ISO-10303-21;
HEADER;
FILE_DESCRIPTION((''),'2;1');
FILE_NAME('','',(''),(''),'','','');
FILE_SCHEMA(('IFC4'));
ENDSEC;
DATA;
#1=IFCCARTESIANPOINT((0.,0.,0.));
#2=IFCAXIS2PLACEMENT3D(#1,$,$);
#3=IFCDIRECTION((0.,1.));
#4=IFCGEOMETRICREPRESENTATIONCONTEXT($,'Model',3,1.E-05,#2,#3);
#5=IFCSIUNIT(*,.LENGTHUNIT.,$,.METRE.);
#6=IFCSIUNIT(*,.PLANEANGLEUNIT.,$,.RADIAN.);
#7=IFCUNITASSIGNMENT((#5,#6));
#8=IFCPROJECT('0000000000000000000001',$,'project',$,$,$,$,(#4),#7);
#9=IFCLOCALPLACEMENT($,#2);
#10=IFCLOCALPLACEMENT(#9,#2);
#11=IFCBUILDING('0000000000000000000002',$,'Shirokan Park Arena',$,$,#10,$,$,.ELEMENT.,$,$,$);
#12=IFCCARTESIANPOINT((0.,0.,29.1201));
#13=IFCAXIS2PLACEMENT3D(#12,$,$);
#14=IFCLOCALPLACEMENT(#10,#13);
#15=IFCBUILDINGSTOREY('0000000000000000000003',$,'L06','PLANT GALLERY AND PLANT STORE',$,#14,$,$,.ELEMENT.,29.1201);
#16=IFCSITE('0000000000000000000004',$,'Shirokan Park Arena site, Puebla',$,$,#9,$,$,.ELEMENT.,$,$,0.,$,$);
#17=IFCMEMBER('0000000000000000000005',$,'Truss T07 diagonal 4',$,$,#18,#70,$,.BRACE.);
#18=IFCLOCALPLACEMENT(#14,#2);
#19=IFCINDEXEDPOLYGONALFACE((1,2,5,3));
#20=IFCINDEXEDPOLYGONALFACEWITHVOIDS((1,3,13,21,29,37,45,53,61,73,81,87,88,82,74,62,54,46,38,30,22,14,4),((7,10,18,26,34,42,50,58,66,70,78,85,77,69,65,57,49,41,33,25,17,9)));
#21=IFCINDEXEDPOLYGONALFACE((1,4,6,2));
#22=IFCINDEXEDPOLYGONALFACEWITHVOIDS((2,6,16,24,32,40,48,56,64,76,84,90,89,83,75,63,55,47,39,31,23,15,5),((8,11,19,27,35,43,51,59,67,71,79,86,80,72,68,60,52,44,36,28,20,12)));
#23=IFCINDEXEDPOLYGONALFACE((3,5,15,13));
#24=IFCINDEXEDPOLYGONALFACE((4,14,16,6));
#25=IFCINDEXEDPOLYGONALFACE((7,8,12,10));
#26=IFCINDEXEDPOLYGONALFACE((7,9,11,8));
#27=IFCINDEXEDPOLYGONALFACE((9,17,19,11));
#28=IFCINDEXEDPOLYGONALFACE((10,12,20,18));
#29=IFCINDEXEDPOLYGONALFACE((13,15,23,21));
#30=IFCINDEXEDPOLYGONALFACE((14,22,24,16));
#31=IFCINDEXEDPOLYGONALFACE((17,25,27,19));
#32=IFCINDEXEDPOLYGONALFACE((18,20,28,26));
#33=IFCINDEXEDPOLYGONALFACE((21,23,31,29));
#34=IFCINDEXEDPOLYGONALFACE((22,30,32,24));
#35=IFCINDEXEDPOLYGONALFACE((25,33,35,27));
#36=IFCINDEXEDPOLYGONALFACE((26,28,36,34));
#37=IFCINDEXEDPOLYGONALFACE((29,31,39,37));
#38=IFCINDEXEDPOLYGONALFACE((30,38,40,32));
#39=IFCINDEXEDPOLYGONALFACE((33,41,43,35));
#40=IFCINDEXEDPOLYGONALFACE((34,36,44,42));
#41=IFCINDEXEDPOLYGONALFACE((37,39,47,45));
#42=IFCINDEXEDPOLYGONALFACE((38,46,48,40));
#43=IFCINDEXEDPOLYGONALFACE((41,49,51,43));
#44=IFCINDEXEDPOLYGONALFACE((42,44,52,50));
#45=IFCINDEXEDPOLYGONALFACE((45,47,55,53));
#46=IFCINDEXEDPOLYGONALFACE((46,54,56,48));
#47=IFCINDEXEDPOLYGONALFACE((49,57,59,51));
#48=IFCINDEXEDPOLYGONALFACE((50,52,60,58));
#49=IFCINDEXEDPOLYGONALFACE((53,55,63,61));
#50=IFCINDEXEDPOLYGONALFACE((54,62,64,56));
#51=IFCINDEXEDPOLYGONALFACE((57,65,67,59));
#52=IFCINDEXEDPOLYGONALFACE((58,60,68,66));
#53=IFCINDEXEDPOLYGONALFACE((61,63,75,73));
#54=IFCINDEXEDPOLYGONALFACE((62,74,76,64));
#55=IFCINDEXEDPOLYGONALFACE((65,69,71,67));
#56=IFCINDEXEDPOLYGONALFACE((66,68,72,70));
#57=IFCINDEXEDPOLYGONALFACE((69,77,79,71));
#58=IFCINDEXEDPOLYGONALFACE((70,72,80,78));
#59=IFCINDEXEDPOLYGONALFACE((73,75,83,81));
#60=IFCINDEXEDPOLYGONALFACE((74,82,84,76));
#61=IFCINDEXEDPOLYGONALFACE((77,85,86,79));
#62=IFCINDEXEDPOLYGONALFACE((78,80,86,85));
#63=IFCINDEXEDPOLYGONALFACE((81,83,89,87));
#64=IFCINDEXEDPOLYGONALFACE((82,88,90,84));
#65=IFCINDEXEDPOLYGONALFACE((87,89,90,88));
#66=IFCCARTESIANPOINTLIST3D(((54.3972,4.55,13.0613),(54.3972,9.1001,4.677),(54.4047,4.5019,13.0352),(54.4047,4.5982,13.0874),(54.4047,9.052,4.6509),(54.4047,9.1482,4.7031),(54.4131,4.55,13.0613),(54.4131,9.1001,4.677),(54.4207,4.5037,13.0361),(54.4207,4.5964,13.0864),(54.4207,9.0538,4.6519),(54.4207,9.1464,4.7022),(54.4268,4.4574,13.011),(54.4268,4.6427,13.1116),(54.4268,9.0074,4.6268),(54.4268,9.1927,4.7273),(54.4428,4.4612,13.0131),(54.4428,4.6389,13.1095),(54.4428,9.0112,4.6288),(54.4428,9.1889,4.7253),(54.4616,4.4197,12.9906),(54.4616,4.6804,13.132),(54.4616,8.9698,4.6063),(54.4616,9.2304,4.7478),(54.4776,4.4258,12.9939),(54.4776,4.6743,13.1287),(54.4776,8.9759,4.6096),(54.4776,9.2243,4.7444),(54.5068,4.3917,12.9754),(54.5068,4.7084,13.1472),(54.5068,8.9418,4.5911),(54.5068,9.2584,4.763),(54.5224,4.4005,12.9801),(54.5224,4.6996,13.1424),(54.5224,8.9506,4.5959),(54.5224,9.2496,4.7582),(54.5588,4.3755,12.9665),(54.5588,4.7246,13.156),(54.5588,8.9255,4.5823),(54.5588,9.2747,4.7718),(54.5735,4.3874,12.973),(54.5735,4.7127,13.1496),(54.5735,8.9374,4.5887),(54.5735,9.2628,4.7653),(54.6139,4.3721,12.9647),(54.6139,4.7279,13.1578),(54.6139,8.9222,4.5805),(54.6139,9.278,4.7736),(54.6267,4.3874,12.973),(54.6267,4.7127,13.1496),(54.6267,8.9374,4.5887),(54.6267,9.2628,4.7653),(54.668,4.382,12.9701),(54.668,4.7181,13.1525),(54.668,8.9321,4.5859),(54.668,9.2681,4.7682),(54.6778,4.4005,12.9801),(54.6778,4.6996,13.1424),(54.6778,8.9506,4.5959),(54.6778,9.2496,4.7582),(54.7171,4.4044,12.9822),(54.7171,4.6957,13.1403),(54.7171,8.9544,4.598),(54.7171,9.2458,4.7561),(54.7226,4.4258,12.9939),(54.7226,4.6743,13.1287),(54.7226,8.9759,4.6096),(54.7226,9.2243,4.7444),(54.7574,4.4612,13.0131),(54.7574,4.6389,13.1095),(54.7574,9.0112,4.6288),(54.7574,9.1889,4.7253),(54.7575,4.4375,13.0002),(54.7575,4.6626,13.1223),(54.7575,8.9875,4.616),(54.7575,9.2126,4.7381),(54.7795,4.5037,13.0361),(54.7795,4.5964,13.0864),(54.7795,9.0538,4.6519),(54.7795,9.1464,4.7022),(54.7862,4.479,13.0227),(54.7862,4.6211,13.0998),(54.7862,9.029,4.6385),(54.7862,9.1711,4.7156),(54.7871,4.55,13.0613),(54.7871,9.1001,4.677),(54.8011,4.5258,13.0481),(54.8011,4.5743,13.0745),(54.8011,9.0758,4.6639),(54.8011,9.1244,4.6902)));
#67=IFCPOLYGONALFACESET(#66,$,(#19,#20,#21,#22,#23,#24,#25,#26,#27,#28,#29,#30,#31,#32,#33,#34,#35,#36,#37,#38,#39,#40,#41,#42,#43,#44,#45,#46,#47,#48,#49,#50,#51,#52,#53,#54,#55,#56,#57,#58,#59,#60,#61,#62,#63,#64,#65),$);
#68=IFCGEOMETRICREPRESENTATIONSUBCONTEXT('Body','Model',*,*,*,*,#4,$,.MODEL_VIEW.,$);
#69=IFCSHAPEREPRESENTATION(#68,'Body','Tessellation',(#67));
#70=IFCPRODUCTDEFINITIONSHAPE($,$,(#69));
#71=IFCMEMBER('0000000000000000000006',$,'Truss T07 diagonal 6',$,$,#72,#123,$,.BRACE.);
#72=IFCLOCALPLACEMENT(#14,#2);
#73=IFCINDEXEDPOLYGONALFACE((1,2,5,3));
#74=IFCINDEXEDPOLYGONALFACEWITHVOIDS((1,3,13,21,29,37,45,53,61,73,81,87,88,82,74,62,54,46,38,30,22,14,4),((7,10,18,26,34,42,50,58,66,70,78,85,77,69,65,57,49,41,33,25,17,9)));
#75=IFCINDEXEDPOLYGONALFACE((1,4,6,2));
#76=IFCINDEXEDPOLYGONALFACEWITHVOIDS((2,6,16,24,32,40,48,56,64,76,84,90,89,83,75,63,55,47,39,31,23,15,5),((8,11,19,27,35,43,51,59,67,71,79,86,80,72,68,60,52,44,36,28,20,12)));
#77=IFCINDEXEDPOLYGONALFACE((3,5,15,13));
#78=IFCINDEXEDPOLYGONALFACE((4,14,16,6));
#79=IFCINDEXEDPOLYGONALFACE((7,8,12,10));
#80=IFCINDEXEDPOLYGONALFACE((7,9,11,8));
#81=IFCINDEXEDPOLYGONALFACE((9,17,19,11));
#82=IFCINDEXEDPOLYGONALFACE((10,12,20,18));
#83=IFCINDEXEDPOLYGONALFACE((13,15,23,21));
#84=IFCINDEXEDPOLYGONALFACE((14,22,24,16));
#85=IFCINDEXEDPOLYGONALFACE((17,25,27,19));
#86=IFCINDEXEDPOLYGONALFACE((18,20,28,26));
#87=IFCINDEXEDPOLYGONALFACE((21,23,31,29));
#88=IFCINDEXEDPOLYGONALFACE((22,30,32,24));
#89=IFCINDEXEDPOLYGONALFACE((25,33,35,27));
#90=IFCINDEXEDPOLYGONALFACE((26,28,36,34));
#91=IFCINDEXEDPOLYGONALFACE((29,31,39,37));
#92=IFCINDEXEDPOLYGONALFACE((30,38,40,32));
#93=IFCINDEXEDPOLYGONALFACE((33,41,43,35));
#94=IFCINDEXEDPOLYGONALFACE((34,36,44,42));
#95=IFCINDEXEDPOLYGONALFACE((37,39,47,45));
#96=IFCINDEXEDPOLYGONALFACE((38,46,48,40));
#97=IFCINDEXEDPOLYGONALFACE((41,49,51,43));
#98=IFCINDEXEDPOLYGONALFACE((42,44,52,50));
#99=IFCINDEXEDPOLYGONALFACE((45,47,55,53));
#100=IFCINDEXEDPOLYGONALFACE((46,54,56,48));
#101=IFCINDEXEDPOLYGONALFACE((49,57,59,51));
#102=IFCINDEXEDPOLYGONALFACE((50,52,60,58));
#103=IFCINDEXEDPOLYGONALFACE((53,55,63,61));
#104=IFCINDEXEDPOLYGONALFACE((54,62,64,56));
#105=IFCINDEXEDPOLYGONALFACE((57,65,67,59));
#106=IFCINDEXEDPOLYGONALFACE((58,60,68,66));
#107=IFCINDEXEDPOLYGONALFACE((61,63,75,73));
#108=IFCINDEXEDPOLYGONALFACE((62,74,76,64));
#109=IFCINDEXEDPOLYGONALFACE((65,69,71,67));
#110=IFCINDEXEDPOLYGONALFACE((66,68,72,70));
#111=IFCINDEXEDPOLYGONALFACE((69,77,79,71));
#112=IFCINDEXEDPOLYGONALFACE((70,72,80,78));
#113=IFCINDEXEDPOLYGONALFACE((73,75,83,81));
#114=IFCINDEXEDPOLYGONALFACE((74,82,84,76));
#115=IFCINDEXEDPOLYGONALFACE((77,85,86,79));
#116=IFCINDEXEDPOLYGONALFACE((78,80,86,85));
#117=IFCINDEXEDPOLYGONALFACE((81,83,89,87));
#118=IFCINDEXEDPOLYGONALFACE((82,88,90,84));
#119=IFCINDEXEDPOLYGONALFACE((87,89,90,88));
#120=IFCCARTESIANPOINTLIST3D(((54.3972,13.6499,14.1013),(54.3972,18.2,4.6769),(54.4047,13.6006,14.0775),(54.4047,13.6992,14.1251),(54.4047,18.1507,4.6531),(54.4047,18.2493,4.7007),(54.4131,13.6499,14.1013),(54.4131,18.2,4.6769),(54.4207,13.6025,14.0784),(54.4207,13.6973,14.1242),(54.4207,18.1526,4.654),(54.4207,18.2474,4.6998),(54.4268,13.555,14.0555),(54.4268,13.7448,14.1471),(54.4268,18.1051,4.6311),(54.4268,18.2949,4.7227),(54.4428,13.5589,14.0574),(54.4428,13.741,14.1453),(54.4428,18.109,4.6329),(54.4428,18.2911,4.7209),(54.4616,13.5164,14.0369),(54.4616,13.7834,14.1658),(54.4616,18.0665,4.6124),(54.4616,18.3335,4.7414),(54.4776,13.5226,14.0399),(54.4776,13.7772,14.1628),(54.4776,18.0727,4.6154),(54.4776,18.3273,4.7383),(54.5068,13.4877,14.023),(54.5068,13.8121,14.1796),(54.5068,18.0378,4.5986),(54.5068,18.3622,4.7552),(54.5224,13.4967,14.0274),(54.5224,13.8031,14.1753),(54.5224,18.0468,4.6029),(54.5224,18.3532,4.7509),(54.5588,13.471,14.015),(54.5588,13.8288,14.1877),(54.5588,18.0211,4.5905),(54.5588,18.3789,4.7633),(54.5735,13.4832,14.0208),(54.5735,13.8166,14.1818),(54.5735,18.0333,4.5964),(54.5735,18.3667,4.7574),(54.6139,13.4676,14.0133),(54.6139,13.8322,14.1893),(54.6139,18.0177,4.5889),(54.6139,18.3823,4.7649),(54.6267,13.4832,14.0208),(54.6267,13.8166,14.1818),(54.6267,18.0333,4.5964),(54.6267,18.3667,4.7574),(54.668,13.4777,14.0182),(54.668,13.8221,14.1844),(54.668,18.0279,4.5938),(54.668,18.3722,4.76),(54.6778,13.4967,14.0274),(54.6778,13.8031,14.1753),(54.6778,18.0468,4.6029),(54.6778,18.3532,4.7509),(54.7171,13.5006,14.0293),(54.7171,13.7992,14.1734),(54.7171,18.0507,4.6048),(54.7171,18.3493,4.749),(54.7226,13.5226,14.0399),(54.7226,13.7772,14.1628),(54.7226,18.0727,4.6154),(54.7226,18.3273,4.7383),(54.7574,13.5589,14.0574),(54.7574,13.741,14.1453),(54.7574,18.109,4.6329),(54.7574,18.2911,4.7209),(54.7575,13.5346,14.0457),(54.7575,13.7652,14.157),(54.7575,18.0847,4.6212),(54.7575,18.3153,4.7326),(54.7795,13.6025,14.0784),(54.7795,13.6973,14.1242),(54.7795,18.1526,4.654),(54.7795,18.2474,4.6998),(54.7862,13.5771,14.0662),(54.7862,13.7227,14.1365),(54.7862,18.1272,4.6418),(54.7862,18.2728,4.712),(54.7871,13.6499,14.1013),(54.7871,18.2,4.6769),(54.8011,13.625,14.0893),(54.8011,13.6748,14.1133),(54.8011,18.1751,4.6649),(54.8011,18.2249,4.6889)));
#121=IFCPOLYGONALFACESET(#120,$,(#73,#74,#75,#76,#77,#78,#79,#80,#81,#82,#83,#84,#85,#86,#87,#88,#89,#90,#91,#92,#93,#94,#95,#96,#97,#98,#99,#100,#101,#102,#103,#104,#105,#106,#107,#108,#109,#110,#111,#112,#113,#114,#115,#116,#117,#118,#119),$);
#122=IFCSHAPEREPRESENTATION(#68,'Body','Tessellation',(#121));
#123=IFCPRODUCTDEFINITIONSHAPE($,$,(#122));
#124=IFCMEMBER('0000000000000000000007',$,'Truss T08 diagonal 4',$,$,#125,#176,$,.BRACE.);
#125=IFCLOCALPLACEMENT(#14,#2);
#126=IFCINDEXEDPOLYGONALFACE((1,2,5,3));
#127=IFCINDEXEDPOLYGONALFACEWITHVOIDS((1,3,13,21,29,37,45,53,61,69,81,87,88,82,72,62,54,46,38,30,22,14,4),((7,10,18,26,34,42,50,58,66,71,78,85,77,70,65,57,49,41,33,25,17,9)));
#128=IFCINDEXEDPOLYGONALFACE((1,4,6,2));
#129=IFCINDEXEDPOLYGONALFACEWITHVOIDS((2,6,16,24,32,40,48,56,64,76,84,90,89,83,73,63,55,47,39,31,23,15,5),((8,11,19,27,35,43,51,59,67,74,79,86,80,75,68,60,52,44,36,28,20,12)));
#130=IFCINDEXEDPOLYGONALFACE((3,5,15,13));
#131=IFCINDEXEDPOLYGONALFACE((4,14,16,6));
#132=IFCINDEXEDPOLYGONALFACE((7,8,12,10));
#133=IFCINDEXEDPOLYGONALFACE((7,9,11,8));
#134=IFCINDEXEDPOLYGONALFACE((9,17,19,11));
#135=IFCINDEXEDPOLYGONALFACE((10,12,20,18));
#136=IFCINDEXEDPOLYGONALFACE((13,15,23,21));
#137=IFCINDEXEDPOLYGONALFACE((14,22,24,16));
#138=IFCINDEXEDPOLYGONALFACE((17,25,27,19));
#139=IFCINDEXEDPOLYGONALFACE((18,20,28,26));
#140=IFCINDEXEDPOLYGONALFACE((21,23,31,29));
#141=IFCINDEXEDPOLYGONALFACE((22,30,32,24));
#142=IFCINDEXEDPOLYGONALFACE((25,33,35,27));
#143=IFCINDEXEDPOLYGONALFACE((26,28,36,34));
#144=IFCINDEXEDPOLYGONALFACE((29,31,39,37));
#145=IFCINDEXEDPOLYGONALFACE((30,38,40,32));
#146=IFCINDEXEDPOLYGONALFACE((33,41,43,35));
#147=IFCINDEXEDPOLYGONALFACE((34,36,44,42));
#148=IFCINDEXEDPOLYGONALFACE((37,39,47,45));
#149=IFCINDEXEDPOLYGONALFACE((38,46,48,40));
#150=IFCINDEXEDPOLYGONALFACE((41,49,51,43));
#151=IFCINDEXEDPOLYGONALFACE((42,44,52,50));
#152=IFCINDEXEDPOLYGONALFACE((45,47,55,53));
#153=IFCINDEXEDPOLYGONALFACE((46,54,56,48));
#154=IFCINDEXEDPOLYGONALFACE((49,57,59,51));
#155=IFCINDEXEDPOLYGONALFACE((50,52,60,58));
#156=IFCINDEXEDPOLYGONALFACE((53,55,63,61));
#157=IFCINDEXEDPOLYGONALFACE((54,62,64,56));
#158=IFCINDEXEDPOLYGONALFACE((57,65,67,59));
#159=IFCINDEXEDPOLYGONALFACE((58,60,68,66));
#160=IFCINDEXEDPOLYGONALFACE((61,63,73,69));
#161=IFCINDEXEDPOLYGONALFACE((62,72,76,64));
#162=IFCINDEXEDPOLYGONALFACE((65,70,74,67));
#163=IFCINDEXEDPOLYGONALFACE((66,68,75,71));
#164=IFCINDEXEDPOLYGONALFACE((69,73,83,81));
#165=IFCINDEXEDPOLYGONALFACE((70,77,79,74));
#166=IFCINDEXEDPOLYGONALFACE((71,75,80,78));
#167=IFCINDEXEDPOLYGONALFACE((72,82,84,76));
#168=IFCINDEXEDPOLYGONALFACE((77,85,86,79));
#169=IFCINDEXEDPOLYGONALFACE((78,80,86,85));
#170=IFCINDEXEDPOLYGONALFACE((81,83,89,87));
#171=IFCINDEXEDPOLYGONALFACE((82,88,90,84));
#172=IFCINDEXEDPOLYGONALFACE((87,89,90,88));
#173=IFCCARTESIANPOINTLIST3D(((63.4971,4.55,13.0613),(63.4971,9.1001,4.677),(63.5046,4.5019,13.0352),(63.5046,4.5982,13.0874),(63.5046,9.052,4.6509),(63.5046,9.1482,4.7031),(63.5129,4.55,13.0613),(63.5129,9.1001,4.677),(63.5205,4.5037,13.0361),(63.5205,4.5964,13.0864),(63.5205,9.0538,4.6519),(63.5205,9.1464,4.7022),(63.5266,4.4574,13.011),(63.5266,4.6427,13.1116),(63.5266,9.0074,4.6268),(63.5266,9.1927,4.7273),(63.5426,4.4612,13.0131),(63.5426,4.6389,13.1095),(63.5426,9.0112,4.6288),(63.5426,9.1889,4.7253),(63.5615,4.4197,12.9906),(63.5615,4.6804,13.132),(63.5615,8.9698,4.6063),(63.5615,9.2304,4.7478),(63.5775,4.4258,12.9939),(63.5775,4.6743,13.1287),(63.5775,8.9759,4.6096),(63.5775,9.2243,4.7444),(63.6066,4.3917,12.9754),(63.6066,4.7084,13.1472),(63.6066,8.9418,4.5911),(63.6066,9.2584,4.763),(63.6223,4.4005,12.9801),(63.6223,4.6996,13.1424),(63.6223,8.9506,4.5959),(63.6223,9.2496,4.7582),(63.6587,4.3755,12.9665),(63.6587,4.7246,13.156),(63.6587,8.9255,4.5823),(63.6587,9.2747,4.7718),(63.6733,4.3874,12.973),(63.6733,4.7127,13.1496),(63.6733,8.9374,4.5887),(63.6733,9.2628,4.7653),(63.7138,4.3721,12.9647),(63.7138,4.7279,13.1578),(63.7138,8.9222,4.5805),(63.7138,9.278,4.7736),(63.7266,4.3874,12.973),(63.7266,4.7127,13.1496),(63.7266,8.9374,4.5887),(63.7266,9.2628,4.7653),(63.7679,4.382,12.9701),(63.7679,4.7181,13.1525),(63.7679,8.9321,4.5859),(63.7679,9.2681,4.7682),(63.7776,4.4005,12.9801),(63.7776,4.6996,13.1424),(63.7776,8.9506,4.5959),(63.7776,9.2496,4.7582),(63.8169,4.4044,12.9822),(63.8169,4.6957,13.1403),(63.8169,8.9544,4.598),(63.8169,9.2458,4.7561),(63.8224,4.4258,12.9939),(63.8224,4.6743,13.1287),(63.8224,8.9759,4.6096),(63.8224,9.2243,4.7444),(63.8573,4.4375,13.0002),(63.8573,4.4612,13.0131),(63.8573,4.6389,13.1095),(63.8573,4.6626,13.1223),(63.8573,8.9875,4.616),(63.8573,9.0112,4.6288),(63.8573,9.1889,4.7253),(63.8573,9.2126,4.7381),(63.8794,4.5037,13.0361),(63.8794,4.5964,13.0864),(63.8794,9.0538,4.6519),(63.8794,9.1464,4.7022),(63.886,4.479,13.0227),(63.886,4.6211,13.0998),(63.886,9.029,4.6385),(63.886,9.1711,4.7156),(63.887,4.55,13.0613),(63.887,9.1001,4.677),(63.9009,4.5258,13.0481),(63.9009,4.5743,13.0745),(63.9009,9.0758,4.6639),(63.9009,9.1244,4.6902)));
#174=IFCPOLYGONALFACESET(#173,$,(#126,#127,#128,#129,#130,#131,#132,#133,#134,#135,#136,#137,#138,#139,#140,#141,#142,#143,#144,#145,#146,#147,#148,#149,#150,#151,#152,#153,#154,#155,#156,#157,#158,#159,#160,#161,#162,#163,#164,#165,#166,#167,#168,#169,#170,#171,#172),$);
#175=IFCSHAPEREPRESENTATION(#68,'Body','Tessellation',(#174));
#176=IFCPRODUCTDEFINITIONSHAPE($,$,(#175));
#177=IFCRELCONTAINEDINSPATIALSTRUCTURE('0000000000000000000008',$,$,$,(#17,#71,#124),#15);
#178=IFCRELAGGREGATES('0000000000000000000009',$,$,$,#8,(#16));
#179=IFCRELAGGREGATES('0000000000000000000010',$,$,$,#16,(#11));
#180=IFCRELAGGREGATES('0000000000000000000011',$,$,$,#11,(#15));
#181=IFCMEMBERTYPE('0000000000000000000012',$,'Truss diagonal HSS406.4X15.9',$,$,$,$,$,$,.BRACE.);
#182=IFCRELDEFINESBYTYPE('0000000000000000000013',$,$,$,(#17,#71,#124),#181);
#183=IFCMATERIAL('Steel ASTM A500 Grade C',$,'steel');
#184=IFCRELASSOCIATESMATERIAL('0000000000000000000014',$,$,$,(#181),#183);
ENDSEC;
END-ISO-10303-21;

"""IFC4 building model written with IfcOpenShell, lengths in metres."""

from ifc_helpers import new_model, si_unit, direction, frame, origin, origin_2d, place, context, subcontext, project, spatial, hollow_circle, extrude, material, material_profile, profile_set, type_object, element, save


model = new_model("IFC4")

# Units and contexts
model_context = context("Model", 3, precision=1e-05, world=origin(), true_north=direction((0.0, 1.0)))
body_context = subcontext(model_context, "Body", "Model", "MODEL_VIEW")
ifc_project = project(units=[si_unit("LENGTHUNIT", "METRE"), si_unit("PLANEANGLEUNIT", "RADIAN")], contexts=[model_context])

# Site, building, storey
site_placement = place(None, origin())
site = spatial("IfcSite", under=ifc_project, at=site_placement, Name="Shirokan Park Arena site, Puebla", CompositionType="ELEMENT", RefElevation=0.0)
building_placement = place(site_placement, origin())
building = spatial("IfcBuilding", under=site, at=building_placement, Name="Shirokan Park Arena", CompositionType="ELEMENT")
storey_placement = place(building_placement, frame((0.0, 0.0, 29.1201)))
storey = spatial("IfcBuildingStorey", under=building, at=storey_placement, Name="L06", Description="PLANT GALLERY AND PLANT STORE", CompositionType="ELEMENT", Elevation=29.1201)

# Members
ifc_material_1 = material(Name="Steel ASTM A500 Grade C", Category="steel")
ifc_material_profile_1 = material_profile(ifc_material_1, hollow_circle(Radius=0.2029, WallThickness=0.0159, at=origin_2d()), Name="HSS406.4X15.9")
ifc_profile_set_1 = profile_set([ifc_material_profile_1], Name="Steel ASTM A500 Grade C")
member_type_1 = type_object("IfcMemberType", Name="Truss diagonal HSS406.4X15.9", PredefinedType="BRACE", material=ifc_profile_set_1)
member_1_placement = place(storey_placement, frame((54.6001, 4.55, 13.0613), z_axis=(0.0, 0.476977, -0.878916), x_axis=(-1.0, 0.0, 0.0)))
element("IfcMember", 1, at=member_1_placement, inside=storey, type_object=member_type_1, Name="Truss T07 diagonal 4", PredefinedType="BRACE", context=body_context, shape_type="SweptSolid", body=[
    extrude(hollow_circle(Radius=0.2029, WallThickness=0.0159, at=origin_2d()), origin(), (0.0, 0.0, 1.0), 9.5393),
])
member_2_placement = place(storey_placement, frame((54.6001, 13.6499, 14.1013), z_axis=(0.0, 0.434778, -0.900537), x_axis=(-1.0, 0.0, 0.0)))
element("IfcMember", 2, at=member_2_placement, inside=storey, type_object=member_type_1, Name="Truss T07 diagonal 6", PredefinedType="BRACE", context=body_context, shape_type="SweptSolid", body=[
    extrude(hollow_circle(Radius=0.2029, WallThickness=0.0159, at=origin_2d()), origin(), (0.0, 0.0, 1.0), 10.4653),
])
member_3_placement = place(storey_placement, frame((63.7, 4.55, 13.0613), z_axis=(0.0, 0.476977, -0.878916), x_axis=(-1.0, 0.0, 0.0)))
element("IfcMember", 3, at=member_3_placement, inside=storey, type_object=member_type_1, Name="Truss T08 diagonal 4", PredefinedType="BRACE", context=body_context, shape_type="SweptSolid", body=[
    extrude(hollow_circle(Radius=0.2029, WallThickness=0.0159, at=origin_2d()), origin(), (0.0, 0.0, 1.0), 9.5393),
])

save(model, "model.ifc")
